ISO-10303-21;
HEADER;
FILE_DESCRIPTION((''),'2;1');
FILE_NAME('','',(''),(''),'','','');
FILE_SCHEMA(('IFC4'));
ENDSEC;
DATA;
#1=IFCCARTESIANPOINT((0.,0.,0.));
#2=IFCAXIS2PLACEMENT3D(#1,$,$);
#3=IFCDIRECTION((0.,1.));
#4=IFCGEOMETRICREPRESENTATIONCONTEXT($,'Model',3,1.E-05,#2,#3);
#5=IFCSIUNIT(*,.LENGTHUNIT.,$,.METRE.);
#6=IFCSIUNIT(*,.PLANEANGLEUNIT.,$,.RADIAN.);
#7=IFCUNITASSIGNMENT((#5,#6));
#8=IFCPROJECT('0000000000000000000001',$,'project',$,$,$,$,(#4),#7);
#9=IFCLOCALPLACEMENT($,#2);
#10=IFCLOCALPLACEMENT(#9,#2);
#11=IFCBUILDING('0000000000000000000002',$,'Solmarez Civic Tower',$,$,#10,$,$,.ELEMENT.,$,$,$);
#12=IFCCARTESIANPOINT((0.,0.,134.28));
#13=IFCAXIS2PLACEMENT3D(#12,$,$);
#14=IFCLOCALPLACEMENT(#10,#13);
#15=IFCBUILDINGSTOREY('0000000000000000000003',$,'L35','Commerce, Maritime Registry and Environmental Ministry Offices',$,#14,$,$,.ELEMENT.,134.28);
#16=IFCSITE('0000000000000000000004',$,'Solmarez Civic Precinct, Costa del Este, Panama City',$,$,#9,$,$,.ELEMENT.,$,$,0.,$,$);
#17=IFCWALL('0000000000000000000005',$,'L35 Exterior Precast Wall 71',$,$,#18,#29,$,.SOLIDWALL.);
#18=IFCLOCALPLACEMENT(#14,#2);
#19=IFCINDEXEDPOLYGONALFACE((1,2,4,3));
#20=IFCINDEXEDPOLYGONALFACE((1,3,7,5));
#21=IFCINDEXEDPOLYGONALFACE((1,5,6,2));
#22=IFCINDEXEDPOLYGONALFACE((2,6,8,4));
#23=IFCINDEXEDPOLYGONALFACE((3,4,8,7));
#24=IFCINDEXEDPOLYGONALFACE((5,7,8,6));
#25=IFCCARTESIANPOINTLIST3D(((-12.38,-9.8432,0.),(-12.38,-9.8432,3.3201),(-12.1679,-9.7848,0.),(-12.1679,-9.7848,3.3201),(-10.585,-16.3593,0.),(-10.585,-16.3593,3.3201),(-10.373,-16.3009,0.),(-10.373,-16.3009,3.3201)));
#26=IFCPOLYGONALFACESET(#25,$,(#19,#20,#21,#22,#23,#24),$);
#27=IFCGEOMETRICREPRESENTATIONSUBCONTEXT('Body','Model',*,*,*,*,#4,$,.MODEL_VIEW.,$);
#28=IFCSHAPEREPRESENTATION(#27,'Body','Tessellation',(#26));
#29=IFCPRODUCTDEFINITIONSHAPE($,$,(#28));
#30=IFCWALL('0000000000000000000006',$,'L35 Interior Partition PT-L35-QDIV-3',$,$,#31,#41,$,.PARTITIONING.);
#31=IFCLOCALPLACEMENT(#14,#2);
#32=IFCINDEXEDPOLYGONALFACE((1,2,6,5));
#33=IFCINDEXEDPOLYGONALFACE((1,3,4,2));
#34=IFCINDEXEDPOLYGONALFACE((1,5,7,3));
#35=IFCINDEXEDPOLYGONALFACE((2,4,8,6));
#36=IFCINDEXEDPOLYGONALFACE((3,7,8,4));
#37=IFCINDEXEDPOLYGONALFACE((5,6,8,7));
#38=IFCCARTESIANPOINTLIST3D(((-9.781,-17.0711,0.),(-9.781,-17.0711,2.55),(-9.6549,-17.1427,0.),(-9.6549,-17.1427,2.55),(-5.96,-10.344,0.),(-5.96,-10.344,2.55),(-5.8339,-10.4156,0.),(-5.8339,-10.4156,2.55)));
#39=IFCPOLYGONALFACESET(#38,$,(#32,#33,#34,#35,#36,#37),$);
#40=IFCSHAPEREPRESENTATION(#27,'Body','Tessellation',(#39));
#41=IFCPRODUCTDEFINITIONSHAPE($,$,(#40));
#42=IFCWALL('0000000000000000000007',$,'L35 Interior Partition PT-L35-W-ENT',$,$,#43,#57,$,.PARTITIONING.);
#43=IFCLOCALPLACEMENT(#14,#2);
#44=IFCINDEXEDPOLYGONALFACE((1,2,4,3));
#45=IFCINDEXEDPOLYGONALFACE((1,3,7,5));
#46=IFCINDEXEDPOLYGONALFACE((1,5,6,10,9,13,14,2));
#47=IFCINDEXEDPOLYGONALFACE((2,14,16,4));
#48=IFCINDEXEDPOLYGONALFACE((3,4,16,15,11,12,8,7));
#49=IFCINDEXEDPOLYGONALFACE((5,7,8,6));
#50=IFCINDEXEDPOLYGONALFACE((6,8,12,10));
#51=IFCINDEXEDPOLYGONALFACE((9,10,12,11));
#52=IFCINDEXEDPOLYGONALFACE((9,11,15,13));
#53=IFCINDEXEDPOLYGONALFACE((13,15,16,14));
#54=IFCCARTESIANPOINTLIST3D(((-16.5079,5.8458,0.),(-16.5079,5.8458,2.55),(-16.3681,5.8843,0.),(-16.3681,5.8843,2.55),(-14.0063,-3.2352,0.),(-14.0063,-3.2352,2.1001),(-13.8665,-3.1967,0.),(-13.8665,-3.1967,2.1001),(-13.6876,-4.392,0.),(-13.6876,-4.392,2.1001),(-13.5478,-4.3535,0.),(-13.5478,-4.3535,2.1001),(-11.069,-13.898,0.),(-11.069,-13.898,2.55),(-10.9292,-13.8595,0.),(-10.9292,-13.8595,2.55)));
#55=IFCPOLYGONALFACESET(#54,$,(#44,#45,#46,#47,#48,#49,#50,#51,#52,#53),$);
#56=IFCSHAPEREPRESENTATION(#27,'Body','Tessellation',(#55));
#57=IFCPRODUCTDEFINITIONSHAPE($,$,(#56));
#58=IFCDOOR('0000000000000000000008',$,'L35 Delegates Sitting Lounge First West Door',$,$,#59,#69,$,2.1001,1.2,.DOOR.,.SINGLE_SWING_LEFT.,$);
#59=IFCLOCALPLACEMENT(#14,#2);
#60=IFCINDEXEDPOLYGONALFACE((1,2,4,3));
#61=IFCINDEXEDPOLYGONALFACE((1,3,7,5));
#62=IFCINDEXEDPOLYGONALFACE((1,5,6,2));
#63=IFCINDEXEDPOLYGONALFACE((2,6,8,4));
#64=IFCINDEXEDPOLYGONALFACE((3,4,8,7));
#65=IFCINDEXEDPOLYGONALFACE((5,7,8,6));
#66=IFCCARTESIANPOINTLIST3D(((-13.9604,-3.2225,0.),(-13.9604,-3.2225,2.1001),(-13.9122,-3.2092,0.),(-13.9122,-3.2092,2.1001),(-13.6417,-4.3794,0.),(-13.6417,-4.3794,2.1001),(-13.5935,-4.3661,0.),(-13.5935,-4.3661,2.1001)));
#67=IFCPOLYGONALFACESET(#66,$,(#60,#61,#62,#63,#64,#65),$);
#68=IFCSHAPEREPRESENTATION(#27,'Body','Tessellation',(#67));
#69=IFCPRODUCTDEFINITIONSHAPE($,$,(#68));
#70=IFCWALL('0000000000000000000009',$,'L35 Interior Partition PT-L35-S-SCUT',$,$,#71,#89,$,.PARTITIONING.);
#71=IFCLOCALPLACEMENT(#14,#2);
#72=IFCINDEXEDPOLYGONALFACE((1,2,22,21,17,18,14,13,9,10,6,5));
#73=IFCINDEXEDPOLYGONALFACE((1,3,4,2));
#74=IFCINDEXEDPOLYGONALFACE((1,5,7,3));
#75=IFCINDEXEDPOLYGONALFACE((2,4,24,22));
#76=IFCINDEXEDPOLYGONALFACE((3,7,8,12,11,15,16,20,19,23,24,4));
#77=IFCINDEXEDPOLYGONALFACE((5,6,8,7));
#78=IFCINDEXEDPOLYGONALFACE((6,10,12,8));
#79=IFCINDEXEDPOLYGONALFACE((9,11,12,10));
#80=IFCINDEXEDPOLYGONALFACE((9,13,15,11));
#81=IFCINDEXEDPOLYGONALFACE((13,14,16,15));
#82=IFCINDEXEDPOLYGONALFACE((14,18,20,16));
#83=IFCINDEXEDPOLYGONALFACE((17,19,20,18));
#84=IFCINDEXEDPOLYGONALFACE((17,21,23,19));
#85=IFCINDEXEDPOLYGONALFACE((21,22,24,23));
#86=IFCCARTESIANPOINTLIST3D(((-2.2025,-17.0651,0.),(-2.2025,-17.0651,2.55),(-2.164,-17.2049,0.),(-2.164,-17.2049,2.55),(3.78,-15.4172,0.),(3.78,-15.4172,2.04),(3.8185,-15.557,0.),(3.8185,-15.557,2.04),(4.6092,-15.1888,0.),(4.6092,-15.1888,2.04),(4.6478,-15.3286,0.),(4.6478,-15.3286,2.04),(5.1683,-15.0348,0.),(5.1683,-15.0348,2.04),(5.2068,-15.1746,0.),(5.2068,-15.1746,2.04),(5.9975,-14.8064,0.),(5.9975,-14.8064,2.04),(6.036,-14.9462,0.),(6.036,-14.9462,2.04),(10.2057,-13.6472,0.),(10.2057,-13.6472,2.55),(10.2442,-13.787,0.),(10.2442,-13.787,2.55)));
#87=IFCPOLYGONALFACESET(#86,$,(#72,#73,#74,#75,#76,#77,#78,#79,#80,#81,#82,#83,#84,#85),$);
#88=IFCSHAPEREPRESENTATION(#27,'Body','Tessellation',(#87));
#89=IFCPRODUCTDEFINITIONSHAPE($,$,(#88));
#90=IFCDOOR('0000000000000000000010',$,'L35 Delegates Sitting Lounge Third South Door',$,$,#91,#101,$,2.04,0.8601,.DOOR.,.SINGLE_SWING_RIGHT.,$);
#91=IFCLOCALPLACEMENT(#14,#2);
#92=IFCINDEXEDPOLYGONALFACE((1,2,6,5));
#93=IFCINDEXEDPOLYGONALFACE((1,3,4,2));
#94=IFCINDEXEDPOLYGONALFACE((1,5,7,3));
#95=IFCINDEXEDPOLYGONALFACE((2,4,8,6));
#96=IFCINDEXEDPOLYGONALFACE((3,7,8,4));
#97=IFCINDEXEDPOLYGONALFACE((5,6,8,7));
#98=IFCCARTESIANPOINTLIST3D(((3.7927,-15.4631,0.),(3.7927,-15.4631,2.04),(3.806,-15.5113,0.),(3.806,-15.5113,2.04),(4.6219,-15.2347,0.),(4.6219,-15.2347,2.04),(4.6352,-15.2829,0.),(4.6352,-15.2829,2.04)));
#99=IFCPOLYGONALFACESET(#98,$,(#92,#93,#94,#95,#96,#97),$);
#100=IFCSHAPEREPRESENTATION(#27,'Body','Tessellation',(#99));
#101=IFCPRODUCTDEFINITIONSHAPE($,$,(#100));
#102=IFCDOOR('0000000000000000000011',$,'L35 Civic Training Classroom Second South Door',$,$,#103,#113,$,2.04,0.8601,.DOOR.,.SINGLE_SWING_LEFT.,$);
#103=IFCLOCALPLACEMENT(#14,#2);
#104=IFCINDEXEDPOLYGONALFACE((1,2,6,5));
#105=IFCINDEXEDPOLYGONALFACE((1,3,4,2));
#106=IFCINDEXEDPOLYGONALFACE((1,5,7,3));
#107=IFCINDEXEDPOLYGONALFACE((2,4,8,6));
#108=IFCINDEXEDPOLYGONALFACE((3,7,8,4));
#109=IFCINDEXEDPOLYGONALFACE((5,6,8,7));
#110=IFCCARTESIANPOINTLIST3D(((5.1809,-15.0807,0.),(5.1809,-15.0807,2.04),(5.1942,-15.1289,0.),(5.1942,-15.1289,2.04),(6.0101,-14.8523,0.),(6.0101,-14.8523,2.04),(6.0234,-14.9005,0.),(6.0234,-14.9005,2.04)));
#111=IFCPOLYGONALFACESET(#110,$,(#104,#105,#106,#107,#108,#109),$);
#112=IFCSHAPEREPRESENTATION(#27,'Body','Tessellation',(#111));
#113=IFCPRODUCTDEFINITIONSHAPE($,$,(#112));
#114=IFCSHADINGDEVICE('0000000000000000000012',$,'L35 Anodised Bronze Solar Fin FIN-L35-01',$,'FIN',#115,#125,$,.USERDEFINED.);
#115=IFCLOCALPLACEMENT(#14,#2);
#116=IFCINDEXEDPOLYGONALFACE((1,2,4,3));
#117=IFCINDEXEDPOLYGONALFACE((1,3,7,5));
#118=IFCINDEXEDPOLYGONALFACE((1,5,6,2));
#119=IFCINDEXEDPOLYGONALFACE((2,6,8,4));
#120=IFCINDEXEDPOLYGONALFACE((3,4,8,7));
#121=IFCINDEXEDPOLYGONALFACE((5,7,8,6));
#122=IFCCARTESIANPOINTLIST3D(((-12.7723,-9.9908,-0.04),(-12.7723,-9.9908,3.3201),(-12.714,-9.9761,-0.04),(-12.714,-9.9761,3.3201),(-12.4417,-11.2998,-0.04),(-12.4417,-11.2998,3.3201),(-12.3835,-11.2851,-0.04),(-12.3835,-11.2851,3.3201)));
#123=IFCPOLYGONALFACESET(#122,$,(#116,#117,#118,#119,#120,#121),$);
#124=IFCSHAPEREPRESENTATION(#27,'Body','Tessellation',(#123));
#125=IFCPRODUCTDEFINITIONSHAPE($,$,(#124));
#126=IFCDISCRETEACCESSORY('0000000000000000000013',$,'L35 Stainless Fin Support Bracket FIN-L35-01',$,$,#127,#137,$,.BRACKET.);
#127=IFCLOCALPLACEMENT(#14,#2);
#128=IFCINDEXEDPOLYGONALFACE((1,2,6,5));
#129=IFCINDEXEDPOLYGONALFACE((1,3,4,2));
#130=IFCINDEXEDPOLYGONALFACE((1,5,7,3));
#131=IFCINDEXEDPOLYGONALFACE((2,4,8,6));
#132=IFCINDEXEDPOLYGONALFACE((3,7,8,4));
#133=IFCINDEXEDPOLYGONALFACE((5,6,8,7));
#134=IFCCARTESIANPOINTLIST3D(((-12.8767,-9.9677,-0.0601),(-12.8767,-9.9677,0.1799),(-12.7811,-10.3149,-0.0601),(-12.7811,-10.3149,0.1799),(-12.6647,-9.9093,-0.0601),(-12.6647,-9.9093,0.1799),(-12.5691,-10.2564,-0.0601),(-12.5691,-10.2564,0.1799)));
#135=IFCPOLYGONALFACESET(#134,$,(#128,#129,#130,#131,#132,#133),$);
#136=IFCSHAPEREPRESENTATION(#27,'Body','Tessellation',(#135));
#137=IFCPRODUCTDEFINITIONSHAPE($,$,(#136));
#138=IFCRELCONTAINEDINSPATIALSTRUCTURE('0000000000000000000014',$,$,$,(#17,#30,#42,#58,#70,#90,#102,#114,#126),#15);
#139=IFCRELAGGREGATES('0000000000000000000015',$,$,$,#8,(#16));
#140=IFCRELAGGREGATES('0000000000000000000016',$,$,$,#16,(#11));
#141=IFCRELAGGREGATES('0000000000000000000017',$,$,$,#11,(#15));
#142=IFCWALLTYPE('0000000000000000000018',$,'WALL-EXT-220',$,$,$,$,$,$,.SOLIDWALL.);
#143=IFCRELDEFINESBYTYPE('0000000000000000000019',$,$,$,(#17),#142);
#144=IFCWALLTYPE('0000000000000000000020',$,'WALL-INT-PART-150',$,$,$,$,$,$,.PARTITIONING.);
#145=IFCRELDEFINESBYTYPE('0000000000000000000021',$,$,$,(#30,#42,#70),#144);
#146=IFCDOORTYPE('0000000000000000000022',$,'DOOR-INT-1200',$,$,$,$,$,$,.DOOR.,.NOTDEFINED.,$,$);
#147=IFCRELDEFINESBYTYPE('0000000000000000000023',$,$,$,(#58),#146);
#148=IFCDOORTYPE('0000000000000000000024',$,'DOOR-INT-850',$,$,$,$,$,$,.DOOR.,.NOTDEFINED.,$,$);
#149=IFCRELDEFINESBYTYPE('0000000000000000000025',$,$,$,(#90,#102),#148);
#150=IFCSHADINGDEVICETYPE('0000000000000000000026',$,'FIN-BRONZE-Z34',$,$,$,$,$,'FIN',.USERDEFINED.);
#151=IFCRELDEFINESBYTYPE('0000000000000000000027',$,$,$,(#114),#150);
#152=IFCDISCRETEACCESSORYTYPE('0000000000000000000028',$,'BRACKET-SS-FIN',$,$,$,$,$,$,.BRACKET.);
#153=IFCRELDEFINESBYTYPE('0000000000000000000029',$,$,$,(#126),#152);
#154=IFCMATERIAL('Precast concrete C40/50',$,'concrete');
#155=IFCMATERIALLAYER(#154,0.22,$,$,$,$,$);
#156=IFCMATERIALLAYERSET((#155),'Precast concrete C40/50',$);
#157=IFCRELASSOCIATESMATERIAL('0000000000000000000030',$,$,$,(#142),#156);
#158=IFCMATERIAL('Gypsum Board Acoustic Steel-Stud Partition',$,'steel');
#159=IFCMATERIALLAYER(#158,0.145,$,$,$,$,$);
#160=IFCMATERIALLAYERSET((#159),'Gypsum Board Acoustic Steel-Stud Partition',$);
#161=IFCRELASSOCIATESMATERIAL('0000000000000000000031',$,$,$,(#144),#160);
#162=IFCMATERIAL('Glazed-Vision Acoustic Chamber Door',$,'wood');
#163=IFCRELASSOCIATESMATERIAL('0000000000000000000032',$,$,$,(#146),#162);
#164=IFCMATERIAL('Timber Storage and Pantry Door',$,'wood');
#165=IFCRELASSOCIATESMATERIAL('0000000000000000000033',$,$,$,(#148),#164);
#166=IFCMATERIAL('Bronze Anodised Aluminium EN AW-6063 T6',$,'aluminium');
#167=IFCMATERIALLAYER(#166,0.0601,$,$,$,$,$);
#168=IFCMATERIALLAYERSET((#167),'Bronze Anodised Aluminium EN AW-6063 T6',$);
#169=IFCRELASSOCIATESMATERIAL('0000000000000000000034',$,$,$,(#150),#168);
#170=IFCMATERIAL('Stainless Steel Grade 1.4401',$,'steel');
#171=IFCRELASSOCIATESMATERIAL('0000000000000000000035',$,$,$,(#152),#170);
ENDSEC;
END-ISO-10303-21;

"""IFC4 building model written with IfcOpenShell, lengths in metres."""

from ifc_helpers import new_model, si_unit, direction, frame, frame_2d, origin, origin_2d, place, context, subcontext, project, spatial, rectangle, extrude, material, layer, layer_set, type_object, element, fill, save


model = new_model("IFC4")

# Units and contexts
model_context = context("Model", 3, precision=1e-05, world=origin(), true_north=direction((0.0, 1.0)))
body_context = subcontext(model_context, "Body", "Model", "MODEL_VIEW")
ifc_project = project(units=[si_unit("LENGTHUNIT", "METRE"), si_unit("PLANEANGLEUNIT", "RADIAN")], contexts=[model_context])

# Site, building, storey
site_placement = place(None, origin())
site = spatial("IfcSite", under=ifc_project, at=site_placement, Name="Solmarez Civic Precinct, Costa del Este, Panama City", CompositionType="ELEMENT", RefElevation=0.0)
building_placement = place(site_placement, origin())
building = spatial("IfcBuilding", under=site, at=building_placement, Name="Solmarez Civic Tower", CompositionType="ELEMENT")
storey_placement = place(building_placement, frame((0.0, 0.0, 134.28)))
storey = spatial("IfcBuildingStorey", under=building, at=storey_placement, Name="L35", Description="Commerce, Maritime Registry and Environmental Ministry Offices", CompositionType="ELEMENT", Elevation=134.28)

# Shared definitions
ifc_material_1 = material(Name="Precast concrete C40/50", Category="concrete")
ifc_layer_1 = layer(ifc_material_1, 0.22)
ifc_layer_set_1 = layer_set([ifc_layer_1], Name="Precast concrete C40/50")
wall_type_1 = type_object("IfcWallType", Name="WALL-EXT-220", PredefinedType="SOLIDWALL", material=ifc_layer_set_1)

# Walls
wall_1_placement = place(storey_placement, frame((-10.479, -16.3301, 0.0), z_axis=(0.0, 0.0, 1.0), x_axis=(-0.265568, 0.964092, 0.0)))
element("IfcWall", 1, at=wall_1_placement, inside=storey, type_object=wall_type_1, Name="L35 Exterior Precast Wall 71", PredefinedType="SOLIDWALL", context=body_context, shape_type="SweptSolid", body=[
    extrude(rectangle(XDim=6.7588, YDim=0.22, at=frame_2d((3.3794, 0.0))), origin(), (0.0, 0.0, 1.0), 3.3201),
])
ifc_material_2 = material(Name="Gypsum Board Acoustic Steel-Stud Partition", Category="steel")
ifc_layer_2 = layer(ifc_material_2, 0.145)
ifc_layer_set_2 = layer_set([ifc_layer_2], Name="Gypsum Board Acoustic Steel-Stud Partition")
wall_type_2 = type_object("IfcWallType", Name="WALL-INT-PART-150", PredefinedType="PARTITIONING", material=ifc_layer_set_2)
wall_2_placement = place(storey_placement, frame((-5.897, -10.3799, 0.0), z_axis=(0.0, 0.0, 1.0), x_axis=(-0.493898, -0.86952, 0.0)))
element("IfcWall", 2, at=wall_2_placement, inside=storey, type_object=wall_type_2, Name="L35 Interior Partition PT-L35-QDIV-3", PredefinedType="PARTITIONING", context=body_context, shape_type="SweptSolid", body=[
    extrude(rectangle(XDim=7.7366, YDim=0.145, at=frame_2d((3.8682, 0.0))), origin(), (0.0, 0.0, 1.0), 2.55),
])

# Wall, opening, door
wall_3_placement = place(storey_placement, frame((-10.999, -13.8789, 0.0), z_axis=(0.0, 0.0, 1.0), x_axis=(-0.265583, 0.964088, 0.0)))
wall_3 = element("IfcWall", 3, at=wall_3_placement, inside=storey, type_object=wall_type_2, Name="L35 Interior Partition PT-L35-W-ENT", PredefinedType="PARTITIONING", context=body_context, shape_type="SweptSolid", body=[
    extrude(rectangle(XDim=20.4792, YDim=0.145, at=frame_2d((10.2397, 0.0))), origin(), (0.0, 0.0, 1.0), 2.55),
])
opening_1_placement = place(wall_3_placement, frame((9.8601, 0.0, 0.0)))
opening_1 = element("IfcOpeningElement", 4, at=opening_1_placement, cuts=wall_3, PredefinedType="OPENING", context=body_context, shape_type="SweptSolid", body=[
    extrude(rectangle(XDim=1.2, YDim=2.1001, at=frame_2d((0.6001, 1.05))), frame((0.0, 0.0825, 0.0), z_axis=(0.0, -1.0, 0.0), x_axis=(1.0, 0.0, 0.0)), (0.0, 0.0, 1.0), 0.165),
])
ifc_material_3 = material(Name="Glazed-Vision Acoustic Chamber Door", Category="wood")
door_type_1 = type_object("IfcDoorType", Name="DOOR-INT-1200", OperationType="NOTDEFINED", PredefinedType="DOOR", material=ifc_material_3)
door_1_placement = place(opening_1_placement, origin())
door_1 = element("IfcDoor", 5, at=door_1_placement, inside=storey, type_object=door_type_1, Name="L35 Delegates Sitting Lounge First West Door", OperationType="SINGLE_SWING_LEFT", OverallHeight=2.1001, OverallWidth=1.2, PredefinedType="DOOR", context=body_context, shape_type="SweptSolid", body=[
    extrude(rectangle(XDim=1.2, YDim=2.1001, at=frame_2d((0.6001, 1.05))), frame((0.0, 0.0249, 0.0), z_axis=(0.0, -1.0, 0.0), x_axis=(1.0, 0.0, 0.0)), (0.0, 0.0, 1.0), 0.05),
])
fill(opening_1, door_1)

# Wall, openings, doors
wall_4_placement = place(storey_placement, frame((-2.1831, -17.135, 0.0), z_axis=(0.0, 0.0, 1.0), x_axis=(0.964092, 0.265569, 0.0)))
wall_4 = element("IfcWall", 6, at=wall_4_placement, inside=storey, type_object=wall_type_2, Name="L35 Interior Partition PT-L35-S-SCUT", PredefinedType="PARTITIONING", context=body_context, shape_type="SweptSolid", body=[
    extrude(rectangle(XDim=12.8704, YDim=0.145, at=frame_2d((6.4351, 0.0))), origin(), (0.0, 0.0, 1.0), 2.55),
])
opening_2_placement = place(wall_4_placement, frame((6.2051, 0.0, 0.0)))
opening_2 = element("IfcOpeningElement", 7, at=opening_2_placement, cuts=wall_4, PredefinedType="OPENING", context=body_context, shape_type="SweptSolid", body=[
    extrude(rectangle(XDim=0.8601, YDim=2.04, at=frame_2d((0.4302, 1.02))), frame((0.0, 0.0825, 0.0), z_axis=(0.0, -1.0, 0.0), x_axis=(1.0, 0.0, 0.0)), (0.0, 0.0, 1.0), 0.165),
])
opening_3_placement = place(wall_4_placement, frame((7.645, 0.0, 0.0)))
opening_3 = element("IfcOpeningElement", 8, at=opening_3_placement, cuts=wall_4, PredefinedType="OPENING", context=body_context, shape_type="SweptSolid", body=[
    extrude(rectangle(XDim=0.8601, YDim=2.04, at=frame_2d((0.4302, 1.02))), frame((0.0, 0.0825, 0.0), z_axis=(0.0, -1.0, 0.0), x_axis=(1.0, 0.0, 0.0)), (0.0, 0.0, 1.0), 0.165),
])
ifc_material_4 = material(Name="Timber Storage and Pantry Door", Category="wood")
door_type_2 = type_object("IfcDoorType", Name="DOOR-INT-850", OperationType="NOTDEFINED", PredefinedType="DOOR", material=ifc_material_4)
door_2_placement = place(opening_2_placement, origin())
door_2 = element("IfcDoor", 9, at=door_2_placement, inside=storey, type_object=door_type_2, Name="L35 Delegates Sitting Lounge Third South Door", OperationType="SINGLE_SWING_RIGHT", OverallHeight=2.04, OverallWidth=0.8601, PredefinedType="DOOR", context=body_context, shape_type="SweptSolid", body=[
    extrude(rectangle(XDim=0.8601, YDim=2.04, at=frame_2d((0.4302, 1.02))), frame((0.0, 0.0249, 0.0), z_axis=(0.0, -1.0, 0.0), x_axis=(1.0, 0.0, 0.0)), (0.0, 0.0, 1.0), 0.05),
])
fill(opening_2, door_2)
door_3_placement = place(opening_3_placement, origin())
door_3 = element("IfcDoor", 10, at=door_3_placement, inside=storey, type_object=door_type_2, Name="L35 Civic Training Classroom Second South Door", OperationType="SINGLE_SWING_LEFT", OverallHeight=2.04, OverallWidth=0.8601, PredefinedType="DOOR", context=body_context, shape_type="SweptSolid", body=[
    extrude(rectangle(XDim=0.8601, YDim=2.04, at=frame_2d((0.4302, 1.02))), frame((0.0, 0.0249, 0.0), z_axis=(0.0, -1.0, 0.0), x_axis=(1.0, 0.0, 0.0)), (0.0, 0.0, 1.0), 0.05),
])
fill(opening_3, door_3)

# Shading device
ifc_material_5 = material(Name="Bronze Anodised Aluminium EN AW-6063 T6", Category="aluminium")
ifc_layer_3 = layer(ifc_material_5, 0.0601)
ifc_layer_set_3 = layer_set([ifc_layer_3], Name="Bronze Anodised Aluminium EN AW-6063 T6")
shading_device_type = type_object("IfcShadingDeviceType", Name="FIN-BRONZE-Z34", ElementType="FIN", PredefinedType="USERDEFINED", material=ifc_layer_set_3)
shading_device_placement = place(storey_placement, frame((-12.5779, -10.6379, -0.04), z_axis=(0.0, 0.0, 1.0), x_axis=(0.244817, -0.969569, 0.0)))
element("IfcShadingDevice", 11, at=shading_device_placement, inside=storey, type_object=shading_device_type, Name="L35 Anodised Bronze Solar Fin FIN-L35-01", ObjectType="FIN", PredefinedType="USERDEFINED", context=body_context, shape_type="SweptSolid", body=[
    extrude(rectangle(XDim=1.3501, YDim=0.0601, at=origin_2d()), origin(), (0.0, 0.0, 1.0), 3.3601),
])

# Discrete accessory
ifc_material_6 = material(Name="Stainless Steel Grade 1.4401", Category="steel")
discrete_accessory_type = type_object("IfcDiscreteAccessoryType", Name="BRACKET-SS-FIN", PredefinedType="BRACKET", material=ifc_material_6)
discrete_accessory_placement = place(storey_placement, frame((-12.7229, -10.1121, -0.0601), z_axis=(0.0, 0.0, 1.0), x_axis=(0.265545, -0.964099, 0.0)))
element("IfcDiscreteAccessory", 12, at=discrete_accessory_placement, inside=storey, type_object=discrete_accessory_type, Name="L35 Stainless Fin Support Bracket FIN-L35-01", PredefinedType="BRACKET", context=body_context, shape_type="SweptSolid", body=[
    extrude(rectangle(XDim=0.3601, YDim=0.22, at=origin_2d()), origin(), (0.0, 0.0, 1.0), 0.24),
])

save(model, "model.ifc")
